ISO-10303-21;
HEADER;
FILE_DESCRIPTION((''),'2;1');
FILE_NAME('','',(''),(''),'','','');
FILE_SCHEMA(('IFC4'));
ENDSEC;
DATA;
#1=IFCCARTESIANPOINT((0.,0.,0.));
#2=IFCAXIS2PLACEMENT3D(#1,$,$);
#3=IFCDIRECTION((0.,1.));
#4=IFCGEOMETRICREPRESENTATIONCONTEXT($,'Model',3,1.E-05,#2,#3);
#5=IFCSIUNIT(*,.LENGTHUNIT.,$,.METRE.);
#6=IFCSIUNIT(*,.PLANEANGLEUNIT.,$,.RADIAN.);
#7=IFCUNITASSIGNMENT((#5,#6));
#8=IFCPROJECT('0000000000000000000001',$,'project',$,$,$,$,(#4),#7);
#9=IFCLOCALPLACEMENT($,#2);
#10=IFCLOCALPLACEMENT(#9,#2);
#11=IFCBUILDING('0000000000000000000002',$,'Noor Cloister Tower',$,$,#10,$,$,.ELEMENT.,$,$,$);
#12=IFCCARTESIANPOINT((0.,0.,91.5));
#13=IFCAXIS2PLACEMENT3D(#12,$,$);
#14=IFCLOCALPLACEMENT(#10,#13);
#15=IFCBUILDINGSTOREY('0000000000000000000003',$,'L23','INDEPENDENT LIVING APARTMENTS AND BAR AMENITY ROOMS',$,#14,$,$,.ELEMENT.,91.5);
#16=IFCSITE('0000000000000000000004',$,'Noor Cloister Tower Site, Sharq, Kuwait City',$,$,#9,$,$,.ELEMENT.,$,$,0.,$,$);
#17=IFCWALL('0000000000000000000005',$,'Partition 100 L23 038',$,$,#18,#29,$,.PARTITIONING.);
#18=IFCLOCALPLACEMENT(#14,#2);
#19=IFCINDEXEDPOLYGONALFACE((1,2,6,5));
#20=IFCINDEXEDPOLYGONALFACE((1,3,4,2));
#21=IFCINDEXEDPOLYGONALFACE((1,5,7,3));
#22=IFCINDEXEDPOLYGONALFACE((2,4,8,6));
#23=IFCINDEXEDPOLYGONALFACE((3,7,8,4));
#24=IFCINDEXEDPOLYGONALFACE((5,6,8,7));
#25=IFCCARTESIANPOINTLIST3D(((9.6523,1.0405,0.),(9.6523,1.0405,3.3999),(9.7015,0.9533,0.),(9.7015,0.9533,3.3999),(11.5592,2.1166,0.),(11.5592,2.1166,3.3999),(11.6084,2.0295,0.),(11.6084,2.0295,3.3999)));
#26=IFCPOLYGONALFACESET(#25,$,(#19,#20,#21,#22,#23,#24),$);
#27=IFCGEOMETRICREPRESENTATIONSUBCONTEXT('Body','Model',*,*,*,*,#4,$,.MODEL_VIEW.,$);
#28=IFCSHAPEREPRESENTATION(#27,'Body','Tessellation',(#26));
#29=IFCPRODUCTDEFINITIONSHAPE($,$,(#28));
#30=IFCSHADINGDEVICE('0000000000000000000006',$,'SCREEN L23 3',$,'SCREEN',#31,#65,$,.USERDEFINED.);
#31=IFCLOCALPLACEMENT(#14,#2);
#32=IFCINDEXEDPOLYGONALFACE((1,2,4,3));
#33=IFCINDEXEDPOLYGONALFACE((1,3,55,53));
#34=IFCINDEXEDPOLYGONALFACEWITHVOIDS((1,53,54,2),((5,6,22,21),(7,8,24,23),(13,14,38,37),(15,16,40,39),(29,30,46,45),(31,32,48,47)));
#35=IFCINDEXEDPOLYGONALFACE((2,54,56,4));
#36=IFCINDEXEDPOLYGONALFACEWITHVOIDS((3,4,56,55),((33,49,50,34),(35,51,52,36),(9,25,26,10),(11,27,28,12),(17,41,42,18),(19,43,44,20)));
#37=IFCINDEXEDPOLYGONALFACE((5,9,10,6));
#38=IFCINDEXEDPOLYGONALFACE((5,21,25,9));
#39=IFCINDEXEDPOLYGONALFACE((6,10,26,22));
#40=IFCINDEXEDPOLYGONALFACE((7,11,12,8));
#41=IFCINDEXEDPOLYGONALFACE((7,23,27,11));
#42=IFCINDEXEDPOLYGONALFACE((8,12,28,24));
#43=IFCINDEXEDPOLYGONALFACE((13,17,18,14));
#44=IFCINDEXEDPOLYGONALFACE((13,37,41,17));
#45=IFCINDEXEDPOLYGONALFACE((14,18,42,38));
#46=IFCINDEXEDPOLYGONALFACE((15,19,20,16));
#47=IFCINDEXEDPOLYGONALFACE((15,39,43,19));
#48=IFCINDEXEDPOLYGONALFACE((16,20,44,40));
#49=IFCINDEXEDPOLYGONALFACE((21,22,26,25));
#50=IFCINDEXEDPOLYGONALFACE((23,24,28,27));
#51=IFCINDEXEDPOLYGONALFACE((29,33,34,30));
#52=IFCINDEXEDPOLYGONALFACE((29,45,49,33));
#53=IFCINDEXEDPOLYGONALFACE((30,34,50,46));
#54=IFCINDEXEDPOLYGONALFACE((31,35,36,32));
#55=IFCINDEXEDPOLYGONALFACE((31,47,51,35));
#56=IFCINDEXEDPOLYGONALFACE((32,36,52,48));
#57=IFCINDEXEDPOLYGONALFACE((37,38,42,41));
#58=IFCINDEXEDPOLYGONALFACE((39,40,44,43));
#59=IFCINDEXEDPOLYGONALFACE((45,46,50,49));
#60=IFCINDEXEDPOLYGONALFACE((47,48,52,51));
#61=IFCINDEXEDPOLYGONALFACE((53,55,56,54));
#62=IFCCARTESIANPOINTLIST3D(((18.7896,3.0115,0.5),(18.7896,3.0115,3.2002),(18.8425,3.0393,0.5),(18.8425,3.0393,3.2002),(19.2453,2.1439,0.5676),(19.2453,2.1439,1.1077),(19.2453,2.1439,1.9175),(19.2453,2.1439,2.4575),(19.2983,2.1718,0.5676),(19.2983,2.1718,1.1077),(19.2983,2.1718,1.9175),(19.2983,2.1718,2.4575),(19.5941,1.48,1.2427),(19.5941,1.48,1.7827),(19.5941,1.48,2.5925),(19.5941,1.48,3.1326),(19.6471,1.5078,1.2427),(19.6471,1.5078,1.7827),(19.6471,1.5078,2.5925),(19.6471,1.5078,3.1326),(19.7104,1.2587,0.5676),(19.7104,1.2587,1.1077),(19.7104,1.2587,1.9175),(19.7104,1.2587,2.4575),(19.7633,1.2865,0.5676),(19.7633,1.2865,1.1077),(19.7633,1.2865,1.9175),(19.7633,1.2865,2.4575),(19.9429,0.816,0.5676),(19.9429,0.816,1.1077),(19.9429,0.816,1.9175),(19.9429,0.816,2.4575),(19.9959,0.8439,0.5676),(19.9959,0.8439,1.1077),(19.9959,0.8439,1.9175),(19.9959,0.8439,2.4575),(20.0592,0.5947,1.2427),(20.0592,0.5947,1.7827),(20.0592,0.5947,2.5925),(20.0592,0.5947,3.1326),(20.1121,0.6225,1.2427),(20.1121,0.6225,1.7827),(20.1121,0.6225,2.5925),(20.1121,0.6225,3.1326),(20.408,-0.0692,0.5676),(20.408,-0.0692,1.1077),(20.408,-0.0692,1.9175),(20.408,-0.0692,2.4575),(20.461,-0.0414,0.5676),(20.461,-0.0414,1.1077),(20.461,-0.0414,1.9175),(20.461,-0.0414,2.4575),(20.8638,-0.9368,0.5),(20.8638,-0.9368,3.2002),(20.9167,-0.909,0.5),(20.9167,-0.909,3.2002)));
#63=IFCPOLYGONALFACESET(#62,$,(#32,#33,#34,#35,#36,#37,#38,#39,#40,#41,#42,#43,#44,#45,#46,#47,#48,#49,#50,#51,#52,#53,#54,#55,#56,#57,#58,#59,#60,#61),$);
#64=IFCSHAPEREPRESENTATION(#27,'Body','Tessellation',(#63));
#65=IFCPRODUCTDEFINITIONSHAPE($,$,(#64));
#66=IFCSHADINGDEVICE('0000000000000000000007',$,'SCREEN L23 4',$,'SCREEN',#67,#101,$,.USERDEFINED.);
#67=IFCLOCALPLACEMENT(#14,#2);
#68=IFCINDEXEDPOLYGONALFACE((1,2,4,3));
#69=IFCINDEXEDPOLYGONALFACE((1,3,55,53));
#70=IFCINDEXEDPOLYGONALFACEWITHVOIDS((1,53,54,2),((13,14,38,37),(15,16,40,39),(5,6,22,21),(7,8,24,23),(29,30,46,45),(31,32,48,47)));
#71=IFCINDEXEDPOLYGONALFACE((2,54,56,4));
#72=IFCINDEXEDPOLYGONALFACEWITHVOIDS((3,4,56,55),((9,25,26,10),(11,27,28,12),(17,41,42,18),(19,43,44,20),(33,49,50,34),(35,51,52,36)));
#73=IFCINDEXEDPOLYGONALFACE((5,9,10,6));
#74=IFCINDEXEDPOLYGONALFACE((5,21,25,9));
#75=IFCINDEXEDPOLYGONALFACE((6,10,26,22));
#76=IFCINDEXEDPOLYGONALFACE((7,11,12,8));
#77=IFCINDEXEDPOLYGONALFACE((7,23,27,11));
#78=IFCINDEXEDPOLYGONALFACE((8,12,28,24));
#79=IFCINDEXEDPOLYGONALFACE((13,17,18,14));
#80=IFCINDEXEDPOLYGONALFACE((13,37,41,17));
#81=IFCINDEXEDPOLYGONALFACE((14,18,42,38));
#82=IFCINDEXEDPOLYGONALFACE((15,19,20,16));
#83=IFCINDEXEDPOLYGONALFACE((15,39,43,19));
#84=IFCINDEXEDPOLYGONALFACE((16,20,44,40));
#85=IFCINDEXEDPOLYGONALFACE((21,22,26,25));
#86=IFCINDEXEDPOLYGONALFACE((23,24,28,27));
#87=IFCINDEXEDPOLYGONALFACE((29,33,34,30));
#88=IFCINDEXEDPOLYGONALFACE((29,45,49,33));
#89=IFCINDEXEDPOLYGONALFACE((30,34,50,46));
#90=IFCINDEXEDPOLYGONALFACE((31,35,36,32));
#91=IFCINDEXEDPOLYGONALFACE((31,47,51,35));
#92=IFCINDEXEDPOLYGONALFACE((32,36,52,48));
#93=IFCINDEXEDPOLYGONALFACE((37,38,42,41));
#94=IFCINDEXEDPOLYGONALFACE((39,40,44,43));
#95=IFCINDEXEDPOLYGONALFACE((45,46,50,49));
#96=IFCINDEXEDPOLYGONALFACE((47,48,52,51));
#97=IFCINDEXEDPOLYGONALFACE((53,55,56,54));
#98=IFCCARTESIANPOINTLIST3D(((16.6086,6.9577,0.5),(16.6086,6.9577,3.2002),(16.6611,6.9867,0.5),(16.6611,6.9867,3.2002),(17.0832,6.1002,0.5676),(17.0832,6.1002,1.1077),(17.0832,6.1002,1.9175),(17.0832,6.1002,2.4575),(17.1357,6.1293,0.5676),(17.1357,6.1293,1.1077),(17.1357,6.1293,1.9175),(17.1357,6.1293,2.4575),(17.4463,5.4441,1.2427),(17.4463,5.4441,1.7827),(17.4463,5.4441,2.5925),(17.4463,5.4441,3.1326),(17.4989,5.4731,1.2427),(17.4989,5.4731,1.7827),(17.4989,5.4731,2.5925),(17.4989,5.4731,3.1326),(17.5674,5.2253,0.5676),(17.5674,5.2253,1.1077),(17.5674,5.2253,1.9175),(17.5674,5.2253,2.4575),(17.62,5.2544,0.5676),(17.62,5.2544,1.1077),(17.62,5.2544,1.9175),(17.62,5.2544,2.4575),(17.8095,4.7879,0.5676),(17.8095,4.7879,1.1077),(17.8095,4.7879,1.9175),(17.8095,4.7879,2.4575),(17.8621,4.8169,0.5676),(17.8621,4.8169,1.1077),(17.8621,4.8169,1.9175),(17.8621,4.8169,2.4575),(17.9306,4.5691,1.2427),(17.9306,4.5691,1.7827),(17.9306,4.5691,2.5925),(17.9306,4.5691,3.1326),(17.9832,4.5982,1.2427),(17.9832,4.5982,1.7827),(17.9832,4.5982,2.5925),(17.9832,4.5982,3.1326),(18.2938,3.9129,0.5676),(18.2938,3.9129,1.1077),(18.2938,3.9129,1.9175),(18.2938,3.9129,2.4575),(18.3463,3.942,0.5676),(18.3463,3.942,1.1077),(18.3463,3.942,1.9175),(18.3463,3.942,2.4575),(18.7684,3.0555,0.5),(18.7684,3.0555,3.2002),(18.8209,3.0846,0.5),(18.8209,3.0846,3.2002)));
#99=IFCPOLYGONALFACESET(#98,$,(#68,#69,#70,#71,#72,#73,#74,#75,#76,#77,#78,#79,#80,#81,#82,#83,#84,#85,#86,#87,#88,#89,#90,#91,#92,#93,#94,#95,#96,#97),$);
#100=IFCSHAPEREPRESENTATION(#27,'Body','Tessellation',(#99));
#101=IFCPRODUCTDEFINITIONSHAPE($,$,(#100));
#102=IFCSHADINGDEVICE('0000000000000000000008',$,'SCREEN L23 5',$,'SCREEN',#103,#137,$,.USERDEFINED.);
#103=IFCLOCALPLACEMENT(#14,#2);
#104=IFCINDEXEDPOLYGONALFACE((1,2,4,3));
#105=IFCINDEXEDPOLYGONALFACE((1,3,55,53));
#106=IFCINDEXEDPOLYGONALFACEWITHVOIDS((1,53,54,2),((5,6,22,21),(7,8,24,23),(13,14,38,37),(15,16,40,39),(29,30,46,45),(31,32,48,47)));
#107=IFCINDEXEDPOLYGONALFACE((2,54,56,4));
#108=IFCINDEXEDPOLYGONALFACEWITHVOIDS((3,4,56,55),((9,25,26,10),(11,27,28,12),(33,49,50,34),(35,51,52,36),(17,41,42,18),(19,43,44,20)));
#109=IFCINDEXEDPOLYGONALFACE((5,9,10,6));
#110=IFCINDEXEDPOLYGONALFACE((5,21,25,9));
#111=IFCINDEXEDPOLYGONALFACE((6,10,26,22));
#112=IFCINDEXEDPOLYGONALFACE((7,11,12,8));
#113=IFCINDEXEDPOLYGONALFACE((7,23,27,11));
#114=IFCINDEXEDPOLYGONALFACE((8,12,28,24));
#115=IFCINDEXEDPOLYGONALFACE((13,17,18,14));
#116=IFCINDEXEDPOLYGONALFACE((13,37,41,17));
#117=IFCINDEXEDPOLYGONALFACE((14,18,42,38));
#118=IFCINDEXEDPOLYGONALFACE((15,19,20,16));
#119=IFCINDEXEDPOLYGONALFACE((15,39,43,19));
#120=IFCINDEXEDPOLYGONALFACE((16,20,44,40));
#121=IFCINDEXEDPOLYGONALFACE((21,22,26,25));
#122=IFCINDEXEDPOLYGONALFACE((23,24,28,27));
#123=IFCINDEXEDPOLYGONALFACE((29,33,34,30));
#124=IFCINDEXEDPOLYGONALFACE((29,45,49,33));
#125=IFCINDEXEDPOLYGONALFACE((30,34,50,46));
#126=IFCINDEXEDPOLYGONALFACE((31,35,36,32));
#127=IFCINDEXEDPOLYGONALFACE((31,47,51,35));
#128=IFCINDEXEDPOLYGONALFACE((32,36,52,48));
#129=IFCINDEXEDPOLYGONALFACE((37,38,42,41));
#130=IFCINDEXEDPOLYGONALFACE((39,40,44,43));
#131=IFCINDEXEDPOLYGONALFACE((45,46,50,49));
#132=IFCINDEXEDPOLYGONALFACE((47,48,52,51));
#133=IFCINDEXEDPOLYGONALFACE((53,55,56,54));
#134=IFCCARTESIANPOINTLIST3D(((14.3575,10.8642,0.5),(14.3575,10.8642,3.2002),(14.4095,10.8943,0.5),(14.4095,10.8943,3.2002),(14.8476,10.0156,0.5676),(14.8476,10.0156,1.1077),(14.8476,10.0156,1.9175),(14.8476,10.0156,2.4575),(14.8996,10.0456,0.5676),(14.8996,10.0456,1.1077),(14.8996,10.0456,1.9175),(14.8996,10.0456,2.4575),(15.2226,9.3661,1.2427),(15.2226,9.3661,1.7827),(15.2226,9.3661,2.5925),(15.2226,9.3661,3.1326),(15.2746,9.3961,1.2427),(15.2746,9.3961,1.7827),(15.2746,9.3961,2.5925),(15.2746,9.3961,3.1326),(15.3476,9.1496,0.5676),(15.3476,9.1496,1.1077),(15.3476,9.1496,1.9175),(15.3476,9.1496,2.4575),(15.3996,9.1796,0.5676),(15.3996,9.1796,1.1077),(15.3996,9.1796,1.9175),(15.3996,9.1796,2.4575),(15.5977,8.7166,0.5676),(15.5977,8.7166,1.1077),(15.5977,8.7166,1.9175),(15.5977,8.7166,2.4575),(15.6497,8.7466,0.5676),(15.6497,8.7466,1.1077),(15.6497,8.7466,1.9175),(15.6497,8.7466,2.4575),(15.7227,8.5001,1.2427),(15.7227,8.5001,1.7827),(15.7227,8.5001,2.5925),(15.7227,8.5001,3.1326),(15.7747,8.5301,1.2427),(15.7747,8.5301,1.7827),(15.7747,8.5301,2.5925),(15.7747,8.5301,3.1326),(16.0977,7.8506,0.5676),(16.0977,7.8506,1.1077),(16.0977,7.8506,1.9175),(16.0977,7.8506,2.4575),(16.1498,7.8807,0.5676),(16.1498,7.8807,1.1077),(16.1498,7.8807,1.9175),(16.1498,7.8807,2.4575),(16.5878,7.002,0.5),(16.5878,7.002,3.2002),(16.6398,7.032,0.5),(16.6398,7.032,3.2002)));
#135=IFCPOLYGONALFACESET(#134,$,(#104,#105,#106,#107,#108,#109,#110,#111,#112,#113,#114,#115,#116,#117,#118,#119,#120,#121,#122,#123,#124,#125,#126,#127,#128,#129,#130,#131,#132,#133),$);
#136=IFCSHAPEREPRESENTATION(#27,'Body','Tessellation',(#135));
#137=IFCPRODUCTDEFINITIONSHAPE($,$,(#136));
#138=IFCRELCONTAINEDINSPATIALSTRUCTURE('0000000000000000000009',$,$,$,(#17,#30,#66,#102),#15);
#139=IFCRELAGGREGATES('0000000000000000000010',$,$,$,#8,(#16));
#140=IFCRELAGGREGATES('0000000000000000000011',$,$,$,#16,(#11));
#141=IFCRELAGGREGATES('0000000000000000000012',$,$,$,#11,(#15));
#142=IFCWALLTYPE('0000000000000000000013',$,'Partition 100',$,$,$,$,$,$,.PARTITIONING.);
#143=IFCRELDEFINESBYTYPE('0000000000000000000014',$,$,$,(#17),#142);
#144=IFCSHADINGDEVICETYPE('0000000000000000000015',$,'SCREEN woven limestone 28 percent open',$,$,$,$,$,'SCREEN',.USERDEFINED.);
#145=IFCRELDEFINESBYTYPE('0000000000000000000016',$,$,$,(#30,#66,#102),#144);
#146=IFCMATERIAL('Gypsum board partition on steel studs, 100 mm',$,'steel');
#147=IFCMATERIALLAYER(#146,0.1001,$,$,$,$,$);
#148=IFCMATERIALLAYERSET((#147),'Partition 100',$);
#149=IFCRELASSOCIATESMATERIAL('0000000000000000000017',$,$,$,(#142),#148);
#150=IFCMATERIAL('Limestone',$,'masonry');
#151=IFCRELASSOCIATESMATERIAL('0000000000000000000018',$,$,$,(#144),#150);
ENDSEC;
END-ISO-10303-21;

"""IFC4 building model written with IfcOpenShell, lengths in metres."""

from ifc_helpers import new_model, si_unit, direction, frame, frame_2d, origin, place, context, subcontext, project, spatial, polyline, rectangle, outline, extrude, material, layer, layer_set, material_profile, profile_set, type_object, element, save


model = new_model("IFC4")

# Units and contexts
model_context = context("Model", 3, precision=1e-05, world=origin(), true_north=direction((0.0, 1.0)))
body_context = subcontext(model_context, "Body", "Model", "MODEL_VIEW")
ifc_project = project(units=[si_unit("LENGTHUNIT", "METRE"), si_unit("PLANEANGLEUNIT", "RADIAN")], contexts=[model_context])

# Site, building, storey
site_placement = place(None, origin())
site = spatial("IfcSite", under=ifc_project, at=site_placement, Name="Noor Cloister Tower Site, Sharq, Kuwait City", CompositionType="ELEMENT", RefElevation=0.0)
building_placement = place(site_placement, origin())
building = spatial("IfcBuilding", under=site, at=building_placement, Name="Noor Cloister Tower", CompositionType="ELEMENT")
storey_placement = place(building_placement, frame((0.0, 0.0, 91.5)))
storey = spatial("IfcBuildingStorey", under=building, at=storey_placement, Name="L23", Description="INDEPENDENT LIVING APARTMENTS AND BAR AMENITY ROOMS", CompositionType="ELEMENT", Elevation=91.5)

# Wall
ifc_material_1 = material(Name="Gypsum board partition on steel studs, 100 mm", Category="steel")
ifc_layer_1 = layer(ifc_material_1, 0.1001)
ifc_layer_set_1 = layer_set([ifc_layer_1], Name="Partition 100")
wall_type_1 = type_object("IfcWallType", Name="Partition 100", PredefinedType="PARTITIONING", material=ifc_layer_set_1)
wall_1_placement = place(storey_placement, frame((11.5837, 2.073, 0.0), z_axis=(0.0, 0.0, 1.0), x_axis=(-0.870893, -0.491473, 0.0)))
element("IfcWall", 1, at=wall_1_placement, inside=storey, type_object=wall_type_1, Name="Partition 100 L23 038", PredefinedType="PARTITIONING", context=body_context, shape_type="SweptSolid", body=[
    extrude(rectangle(XDim=2.1897, YDim=0.1001, at=frame_2d((1.0947, 0.0))), origin(), (0.0, 0.0, 1.0), 3.3999),
])

# Shading devices
ifc_material_2 = material(Name="Limestone", Category="masonry")
ifc_material_profile_1 = material_profile(ifc_material_2, outline(polyline([(-2.23, -1.3501), (2.23, -1.3501), (2.23, 1.3501), (-2.23, 1.3501), (-2.23, -1.3501)]), holes=[polyline([(-1.25, -1.2825), (-0.25, -1.2825), (-0.25, -0.7424), (-1.25, -0.7424), (-1.25, -1.2825)]), polyline([(0.25, -1.2825), (1.25, -1.2825), (1.25, -0.7424), (0.25, -0.7424), (0.25, -1.2825)]), polyline([(-0.5, -0.6074), (0.5, -0.6074), (0.5, -0.0674), (-0.5, -0.0674), (-0.5, -0.6074)]), polyline([(-1.25, 0.0674), (-0.25, 0.0674), (-0.25, 0.6074), (-1.25, 0.6074), (-1.25, 0.0674)]), polyline([(0.25, 0.0674), (1.25, 0.0674), (1.25, 0.6074), (0.25, 0.6074), (0.25, 0.0674)]), polyline([(-0.5, 0.7424), (0.5, 0.7424), (0.5, 1.2825), (-0.5, 1.2825), (-0.5, 0.7424)])]), Name="Woven screen 28 percent open")
ifc_profile_set_1 = profile_set([ifc_material_profile_1], Name="Limestone")
shading_device_type = type_object("IfcShadingDeviceType", Name="SCREEN woven limestone 28 percent open", ElementType="SCREEN", PredefinedType="USERDEFINED", material=ifc_profile_set_1)
shading_device_placement = place(storey_placement, frame((19.8267, 1.0374, 1.8501), z_axis=(0.885272, 0.465074, 0.0), x_axis=(-0.465074, 0.885272, 0.0)))
element("IfcShadingDevice", 2, at=shading_device_placement, inside=storey, type_object=shading_device_type, Name="SCREEN L23 3", ObjectType="SCREEN", PredefinedType="USERDEFINED", context=body_context, shape_type="SweptSolid", body=[
    extrude(outline(polyline([(-2.23, -1.3501), (2.23, -1.3501), (2.23, 1.3501), (-2.23, 1.3501), (-2.23, -1.3501)]), holes=[polyline([(-1.25, -1.2825), (-0.25, -1.2825), (-0.25, -0.7424), (-1.25, -0.7424), (-1.25, -1.2825)]), polyline([(0.25, -1.2825), (1.25, -1.2825), (1.25, -0.7424), (0.25, -0.7424), (0.25, -1.2825)]), polyline([(-0.5, -0.6074), (0.5, -0.6074), (0.5, -0.0674), (-0.5, -0.0674), (-0.5, -0.6074)]), polyline([(-1.25, 0.0674), (-0.25, 0.0674), (-0.25, 0.6074), (-1.25, 0.6074), (-1.25, 0.0674)]), polyline([(0.25, 0.0674), (1.25, 0.0674), (1.25, 0.6074), (0.25, 0.6074), (0.25, 0.0674)]), polyline([(-0.5, 0.7424), (0.5, 0.7424), (0.5, 1.2825), (-0.5, 1.2825), (-0.5, 0.7424)])]), origin(), (0.0, 0.0, 1.0), 0.0598),
])
for number, where, z_axis, x_axis, name in (
    (3, (17.6885, 5.0066, 1.8501), (0.874924, 0.48426, 0.0), (-0.48426, 0.874924, 0.0), "SCREEN L23 4"),
    (4, (15.4727, 8.9331, 1.8501), (0.865982, 0.500074, 0.0), (-0.500074, 0.865982, 0.0), "SCREEN L23 5"),
):
    element("IfcShadingDevice", number, at=place(storey_placement, frame(where, z_axis=z_axis, x_axis=x_axis)), inside=storey, type_object=shading_device_type, Name=name, ObjectType="SCREEN", PredefinedType="USERDEFINED", context=body_context, shape_type="SweptSolid", body=[
        extrude(outline(polyline([(-2.23, -1.3501), (2.23, -1.3501), (2.23, 1.3501), (-2.23, 1.3501), (-2.23, -1.3501)]), holes=[polyline([(-1.25, -1.2825), (-0.25, -1.2825), (-0.25, -0.7424), (-1.25, -0.7424), (-1.25, -1.2825)]), polyline([(0.25, -1.2825), (1.25, -1.2825), (1.25, -0.7424), (0.25, -0.7424), (0.25, -1.2825)]), polyline([(-0.5, -0.6074), (0.5, -0.6074), (0.5, -0.0674), (-0.5, -0.0674), (-0.5, -0.6074)]), polyline([(-1.25, 0.0674), (-0.25, 0.0674), (-0.25, 0.6074), (-1.25, 0.6074), (-1.25, 0.0674)]), polyline([(0.25, 0.0674), (1.25, 0.0674), (1.25, 0.6074), (0.25, 0.6074), (0.25, 0.0674)]), polyline([(-0.5, 0.7424), (0.5, 0.7424), (0.5, 1.2825), (-0.5, 1.2825), (-0.5, 0.7424)])]), origin(), (0.0, 0.0, 1.0), 0.0601),
    ])

save(model, "model.ifc")
